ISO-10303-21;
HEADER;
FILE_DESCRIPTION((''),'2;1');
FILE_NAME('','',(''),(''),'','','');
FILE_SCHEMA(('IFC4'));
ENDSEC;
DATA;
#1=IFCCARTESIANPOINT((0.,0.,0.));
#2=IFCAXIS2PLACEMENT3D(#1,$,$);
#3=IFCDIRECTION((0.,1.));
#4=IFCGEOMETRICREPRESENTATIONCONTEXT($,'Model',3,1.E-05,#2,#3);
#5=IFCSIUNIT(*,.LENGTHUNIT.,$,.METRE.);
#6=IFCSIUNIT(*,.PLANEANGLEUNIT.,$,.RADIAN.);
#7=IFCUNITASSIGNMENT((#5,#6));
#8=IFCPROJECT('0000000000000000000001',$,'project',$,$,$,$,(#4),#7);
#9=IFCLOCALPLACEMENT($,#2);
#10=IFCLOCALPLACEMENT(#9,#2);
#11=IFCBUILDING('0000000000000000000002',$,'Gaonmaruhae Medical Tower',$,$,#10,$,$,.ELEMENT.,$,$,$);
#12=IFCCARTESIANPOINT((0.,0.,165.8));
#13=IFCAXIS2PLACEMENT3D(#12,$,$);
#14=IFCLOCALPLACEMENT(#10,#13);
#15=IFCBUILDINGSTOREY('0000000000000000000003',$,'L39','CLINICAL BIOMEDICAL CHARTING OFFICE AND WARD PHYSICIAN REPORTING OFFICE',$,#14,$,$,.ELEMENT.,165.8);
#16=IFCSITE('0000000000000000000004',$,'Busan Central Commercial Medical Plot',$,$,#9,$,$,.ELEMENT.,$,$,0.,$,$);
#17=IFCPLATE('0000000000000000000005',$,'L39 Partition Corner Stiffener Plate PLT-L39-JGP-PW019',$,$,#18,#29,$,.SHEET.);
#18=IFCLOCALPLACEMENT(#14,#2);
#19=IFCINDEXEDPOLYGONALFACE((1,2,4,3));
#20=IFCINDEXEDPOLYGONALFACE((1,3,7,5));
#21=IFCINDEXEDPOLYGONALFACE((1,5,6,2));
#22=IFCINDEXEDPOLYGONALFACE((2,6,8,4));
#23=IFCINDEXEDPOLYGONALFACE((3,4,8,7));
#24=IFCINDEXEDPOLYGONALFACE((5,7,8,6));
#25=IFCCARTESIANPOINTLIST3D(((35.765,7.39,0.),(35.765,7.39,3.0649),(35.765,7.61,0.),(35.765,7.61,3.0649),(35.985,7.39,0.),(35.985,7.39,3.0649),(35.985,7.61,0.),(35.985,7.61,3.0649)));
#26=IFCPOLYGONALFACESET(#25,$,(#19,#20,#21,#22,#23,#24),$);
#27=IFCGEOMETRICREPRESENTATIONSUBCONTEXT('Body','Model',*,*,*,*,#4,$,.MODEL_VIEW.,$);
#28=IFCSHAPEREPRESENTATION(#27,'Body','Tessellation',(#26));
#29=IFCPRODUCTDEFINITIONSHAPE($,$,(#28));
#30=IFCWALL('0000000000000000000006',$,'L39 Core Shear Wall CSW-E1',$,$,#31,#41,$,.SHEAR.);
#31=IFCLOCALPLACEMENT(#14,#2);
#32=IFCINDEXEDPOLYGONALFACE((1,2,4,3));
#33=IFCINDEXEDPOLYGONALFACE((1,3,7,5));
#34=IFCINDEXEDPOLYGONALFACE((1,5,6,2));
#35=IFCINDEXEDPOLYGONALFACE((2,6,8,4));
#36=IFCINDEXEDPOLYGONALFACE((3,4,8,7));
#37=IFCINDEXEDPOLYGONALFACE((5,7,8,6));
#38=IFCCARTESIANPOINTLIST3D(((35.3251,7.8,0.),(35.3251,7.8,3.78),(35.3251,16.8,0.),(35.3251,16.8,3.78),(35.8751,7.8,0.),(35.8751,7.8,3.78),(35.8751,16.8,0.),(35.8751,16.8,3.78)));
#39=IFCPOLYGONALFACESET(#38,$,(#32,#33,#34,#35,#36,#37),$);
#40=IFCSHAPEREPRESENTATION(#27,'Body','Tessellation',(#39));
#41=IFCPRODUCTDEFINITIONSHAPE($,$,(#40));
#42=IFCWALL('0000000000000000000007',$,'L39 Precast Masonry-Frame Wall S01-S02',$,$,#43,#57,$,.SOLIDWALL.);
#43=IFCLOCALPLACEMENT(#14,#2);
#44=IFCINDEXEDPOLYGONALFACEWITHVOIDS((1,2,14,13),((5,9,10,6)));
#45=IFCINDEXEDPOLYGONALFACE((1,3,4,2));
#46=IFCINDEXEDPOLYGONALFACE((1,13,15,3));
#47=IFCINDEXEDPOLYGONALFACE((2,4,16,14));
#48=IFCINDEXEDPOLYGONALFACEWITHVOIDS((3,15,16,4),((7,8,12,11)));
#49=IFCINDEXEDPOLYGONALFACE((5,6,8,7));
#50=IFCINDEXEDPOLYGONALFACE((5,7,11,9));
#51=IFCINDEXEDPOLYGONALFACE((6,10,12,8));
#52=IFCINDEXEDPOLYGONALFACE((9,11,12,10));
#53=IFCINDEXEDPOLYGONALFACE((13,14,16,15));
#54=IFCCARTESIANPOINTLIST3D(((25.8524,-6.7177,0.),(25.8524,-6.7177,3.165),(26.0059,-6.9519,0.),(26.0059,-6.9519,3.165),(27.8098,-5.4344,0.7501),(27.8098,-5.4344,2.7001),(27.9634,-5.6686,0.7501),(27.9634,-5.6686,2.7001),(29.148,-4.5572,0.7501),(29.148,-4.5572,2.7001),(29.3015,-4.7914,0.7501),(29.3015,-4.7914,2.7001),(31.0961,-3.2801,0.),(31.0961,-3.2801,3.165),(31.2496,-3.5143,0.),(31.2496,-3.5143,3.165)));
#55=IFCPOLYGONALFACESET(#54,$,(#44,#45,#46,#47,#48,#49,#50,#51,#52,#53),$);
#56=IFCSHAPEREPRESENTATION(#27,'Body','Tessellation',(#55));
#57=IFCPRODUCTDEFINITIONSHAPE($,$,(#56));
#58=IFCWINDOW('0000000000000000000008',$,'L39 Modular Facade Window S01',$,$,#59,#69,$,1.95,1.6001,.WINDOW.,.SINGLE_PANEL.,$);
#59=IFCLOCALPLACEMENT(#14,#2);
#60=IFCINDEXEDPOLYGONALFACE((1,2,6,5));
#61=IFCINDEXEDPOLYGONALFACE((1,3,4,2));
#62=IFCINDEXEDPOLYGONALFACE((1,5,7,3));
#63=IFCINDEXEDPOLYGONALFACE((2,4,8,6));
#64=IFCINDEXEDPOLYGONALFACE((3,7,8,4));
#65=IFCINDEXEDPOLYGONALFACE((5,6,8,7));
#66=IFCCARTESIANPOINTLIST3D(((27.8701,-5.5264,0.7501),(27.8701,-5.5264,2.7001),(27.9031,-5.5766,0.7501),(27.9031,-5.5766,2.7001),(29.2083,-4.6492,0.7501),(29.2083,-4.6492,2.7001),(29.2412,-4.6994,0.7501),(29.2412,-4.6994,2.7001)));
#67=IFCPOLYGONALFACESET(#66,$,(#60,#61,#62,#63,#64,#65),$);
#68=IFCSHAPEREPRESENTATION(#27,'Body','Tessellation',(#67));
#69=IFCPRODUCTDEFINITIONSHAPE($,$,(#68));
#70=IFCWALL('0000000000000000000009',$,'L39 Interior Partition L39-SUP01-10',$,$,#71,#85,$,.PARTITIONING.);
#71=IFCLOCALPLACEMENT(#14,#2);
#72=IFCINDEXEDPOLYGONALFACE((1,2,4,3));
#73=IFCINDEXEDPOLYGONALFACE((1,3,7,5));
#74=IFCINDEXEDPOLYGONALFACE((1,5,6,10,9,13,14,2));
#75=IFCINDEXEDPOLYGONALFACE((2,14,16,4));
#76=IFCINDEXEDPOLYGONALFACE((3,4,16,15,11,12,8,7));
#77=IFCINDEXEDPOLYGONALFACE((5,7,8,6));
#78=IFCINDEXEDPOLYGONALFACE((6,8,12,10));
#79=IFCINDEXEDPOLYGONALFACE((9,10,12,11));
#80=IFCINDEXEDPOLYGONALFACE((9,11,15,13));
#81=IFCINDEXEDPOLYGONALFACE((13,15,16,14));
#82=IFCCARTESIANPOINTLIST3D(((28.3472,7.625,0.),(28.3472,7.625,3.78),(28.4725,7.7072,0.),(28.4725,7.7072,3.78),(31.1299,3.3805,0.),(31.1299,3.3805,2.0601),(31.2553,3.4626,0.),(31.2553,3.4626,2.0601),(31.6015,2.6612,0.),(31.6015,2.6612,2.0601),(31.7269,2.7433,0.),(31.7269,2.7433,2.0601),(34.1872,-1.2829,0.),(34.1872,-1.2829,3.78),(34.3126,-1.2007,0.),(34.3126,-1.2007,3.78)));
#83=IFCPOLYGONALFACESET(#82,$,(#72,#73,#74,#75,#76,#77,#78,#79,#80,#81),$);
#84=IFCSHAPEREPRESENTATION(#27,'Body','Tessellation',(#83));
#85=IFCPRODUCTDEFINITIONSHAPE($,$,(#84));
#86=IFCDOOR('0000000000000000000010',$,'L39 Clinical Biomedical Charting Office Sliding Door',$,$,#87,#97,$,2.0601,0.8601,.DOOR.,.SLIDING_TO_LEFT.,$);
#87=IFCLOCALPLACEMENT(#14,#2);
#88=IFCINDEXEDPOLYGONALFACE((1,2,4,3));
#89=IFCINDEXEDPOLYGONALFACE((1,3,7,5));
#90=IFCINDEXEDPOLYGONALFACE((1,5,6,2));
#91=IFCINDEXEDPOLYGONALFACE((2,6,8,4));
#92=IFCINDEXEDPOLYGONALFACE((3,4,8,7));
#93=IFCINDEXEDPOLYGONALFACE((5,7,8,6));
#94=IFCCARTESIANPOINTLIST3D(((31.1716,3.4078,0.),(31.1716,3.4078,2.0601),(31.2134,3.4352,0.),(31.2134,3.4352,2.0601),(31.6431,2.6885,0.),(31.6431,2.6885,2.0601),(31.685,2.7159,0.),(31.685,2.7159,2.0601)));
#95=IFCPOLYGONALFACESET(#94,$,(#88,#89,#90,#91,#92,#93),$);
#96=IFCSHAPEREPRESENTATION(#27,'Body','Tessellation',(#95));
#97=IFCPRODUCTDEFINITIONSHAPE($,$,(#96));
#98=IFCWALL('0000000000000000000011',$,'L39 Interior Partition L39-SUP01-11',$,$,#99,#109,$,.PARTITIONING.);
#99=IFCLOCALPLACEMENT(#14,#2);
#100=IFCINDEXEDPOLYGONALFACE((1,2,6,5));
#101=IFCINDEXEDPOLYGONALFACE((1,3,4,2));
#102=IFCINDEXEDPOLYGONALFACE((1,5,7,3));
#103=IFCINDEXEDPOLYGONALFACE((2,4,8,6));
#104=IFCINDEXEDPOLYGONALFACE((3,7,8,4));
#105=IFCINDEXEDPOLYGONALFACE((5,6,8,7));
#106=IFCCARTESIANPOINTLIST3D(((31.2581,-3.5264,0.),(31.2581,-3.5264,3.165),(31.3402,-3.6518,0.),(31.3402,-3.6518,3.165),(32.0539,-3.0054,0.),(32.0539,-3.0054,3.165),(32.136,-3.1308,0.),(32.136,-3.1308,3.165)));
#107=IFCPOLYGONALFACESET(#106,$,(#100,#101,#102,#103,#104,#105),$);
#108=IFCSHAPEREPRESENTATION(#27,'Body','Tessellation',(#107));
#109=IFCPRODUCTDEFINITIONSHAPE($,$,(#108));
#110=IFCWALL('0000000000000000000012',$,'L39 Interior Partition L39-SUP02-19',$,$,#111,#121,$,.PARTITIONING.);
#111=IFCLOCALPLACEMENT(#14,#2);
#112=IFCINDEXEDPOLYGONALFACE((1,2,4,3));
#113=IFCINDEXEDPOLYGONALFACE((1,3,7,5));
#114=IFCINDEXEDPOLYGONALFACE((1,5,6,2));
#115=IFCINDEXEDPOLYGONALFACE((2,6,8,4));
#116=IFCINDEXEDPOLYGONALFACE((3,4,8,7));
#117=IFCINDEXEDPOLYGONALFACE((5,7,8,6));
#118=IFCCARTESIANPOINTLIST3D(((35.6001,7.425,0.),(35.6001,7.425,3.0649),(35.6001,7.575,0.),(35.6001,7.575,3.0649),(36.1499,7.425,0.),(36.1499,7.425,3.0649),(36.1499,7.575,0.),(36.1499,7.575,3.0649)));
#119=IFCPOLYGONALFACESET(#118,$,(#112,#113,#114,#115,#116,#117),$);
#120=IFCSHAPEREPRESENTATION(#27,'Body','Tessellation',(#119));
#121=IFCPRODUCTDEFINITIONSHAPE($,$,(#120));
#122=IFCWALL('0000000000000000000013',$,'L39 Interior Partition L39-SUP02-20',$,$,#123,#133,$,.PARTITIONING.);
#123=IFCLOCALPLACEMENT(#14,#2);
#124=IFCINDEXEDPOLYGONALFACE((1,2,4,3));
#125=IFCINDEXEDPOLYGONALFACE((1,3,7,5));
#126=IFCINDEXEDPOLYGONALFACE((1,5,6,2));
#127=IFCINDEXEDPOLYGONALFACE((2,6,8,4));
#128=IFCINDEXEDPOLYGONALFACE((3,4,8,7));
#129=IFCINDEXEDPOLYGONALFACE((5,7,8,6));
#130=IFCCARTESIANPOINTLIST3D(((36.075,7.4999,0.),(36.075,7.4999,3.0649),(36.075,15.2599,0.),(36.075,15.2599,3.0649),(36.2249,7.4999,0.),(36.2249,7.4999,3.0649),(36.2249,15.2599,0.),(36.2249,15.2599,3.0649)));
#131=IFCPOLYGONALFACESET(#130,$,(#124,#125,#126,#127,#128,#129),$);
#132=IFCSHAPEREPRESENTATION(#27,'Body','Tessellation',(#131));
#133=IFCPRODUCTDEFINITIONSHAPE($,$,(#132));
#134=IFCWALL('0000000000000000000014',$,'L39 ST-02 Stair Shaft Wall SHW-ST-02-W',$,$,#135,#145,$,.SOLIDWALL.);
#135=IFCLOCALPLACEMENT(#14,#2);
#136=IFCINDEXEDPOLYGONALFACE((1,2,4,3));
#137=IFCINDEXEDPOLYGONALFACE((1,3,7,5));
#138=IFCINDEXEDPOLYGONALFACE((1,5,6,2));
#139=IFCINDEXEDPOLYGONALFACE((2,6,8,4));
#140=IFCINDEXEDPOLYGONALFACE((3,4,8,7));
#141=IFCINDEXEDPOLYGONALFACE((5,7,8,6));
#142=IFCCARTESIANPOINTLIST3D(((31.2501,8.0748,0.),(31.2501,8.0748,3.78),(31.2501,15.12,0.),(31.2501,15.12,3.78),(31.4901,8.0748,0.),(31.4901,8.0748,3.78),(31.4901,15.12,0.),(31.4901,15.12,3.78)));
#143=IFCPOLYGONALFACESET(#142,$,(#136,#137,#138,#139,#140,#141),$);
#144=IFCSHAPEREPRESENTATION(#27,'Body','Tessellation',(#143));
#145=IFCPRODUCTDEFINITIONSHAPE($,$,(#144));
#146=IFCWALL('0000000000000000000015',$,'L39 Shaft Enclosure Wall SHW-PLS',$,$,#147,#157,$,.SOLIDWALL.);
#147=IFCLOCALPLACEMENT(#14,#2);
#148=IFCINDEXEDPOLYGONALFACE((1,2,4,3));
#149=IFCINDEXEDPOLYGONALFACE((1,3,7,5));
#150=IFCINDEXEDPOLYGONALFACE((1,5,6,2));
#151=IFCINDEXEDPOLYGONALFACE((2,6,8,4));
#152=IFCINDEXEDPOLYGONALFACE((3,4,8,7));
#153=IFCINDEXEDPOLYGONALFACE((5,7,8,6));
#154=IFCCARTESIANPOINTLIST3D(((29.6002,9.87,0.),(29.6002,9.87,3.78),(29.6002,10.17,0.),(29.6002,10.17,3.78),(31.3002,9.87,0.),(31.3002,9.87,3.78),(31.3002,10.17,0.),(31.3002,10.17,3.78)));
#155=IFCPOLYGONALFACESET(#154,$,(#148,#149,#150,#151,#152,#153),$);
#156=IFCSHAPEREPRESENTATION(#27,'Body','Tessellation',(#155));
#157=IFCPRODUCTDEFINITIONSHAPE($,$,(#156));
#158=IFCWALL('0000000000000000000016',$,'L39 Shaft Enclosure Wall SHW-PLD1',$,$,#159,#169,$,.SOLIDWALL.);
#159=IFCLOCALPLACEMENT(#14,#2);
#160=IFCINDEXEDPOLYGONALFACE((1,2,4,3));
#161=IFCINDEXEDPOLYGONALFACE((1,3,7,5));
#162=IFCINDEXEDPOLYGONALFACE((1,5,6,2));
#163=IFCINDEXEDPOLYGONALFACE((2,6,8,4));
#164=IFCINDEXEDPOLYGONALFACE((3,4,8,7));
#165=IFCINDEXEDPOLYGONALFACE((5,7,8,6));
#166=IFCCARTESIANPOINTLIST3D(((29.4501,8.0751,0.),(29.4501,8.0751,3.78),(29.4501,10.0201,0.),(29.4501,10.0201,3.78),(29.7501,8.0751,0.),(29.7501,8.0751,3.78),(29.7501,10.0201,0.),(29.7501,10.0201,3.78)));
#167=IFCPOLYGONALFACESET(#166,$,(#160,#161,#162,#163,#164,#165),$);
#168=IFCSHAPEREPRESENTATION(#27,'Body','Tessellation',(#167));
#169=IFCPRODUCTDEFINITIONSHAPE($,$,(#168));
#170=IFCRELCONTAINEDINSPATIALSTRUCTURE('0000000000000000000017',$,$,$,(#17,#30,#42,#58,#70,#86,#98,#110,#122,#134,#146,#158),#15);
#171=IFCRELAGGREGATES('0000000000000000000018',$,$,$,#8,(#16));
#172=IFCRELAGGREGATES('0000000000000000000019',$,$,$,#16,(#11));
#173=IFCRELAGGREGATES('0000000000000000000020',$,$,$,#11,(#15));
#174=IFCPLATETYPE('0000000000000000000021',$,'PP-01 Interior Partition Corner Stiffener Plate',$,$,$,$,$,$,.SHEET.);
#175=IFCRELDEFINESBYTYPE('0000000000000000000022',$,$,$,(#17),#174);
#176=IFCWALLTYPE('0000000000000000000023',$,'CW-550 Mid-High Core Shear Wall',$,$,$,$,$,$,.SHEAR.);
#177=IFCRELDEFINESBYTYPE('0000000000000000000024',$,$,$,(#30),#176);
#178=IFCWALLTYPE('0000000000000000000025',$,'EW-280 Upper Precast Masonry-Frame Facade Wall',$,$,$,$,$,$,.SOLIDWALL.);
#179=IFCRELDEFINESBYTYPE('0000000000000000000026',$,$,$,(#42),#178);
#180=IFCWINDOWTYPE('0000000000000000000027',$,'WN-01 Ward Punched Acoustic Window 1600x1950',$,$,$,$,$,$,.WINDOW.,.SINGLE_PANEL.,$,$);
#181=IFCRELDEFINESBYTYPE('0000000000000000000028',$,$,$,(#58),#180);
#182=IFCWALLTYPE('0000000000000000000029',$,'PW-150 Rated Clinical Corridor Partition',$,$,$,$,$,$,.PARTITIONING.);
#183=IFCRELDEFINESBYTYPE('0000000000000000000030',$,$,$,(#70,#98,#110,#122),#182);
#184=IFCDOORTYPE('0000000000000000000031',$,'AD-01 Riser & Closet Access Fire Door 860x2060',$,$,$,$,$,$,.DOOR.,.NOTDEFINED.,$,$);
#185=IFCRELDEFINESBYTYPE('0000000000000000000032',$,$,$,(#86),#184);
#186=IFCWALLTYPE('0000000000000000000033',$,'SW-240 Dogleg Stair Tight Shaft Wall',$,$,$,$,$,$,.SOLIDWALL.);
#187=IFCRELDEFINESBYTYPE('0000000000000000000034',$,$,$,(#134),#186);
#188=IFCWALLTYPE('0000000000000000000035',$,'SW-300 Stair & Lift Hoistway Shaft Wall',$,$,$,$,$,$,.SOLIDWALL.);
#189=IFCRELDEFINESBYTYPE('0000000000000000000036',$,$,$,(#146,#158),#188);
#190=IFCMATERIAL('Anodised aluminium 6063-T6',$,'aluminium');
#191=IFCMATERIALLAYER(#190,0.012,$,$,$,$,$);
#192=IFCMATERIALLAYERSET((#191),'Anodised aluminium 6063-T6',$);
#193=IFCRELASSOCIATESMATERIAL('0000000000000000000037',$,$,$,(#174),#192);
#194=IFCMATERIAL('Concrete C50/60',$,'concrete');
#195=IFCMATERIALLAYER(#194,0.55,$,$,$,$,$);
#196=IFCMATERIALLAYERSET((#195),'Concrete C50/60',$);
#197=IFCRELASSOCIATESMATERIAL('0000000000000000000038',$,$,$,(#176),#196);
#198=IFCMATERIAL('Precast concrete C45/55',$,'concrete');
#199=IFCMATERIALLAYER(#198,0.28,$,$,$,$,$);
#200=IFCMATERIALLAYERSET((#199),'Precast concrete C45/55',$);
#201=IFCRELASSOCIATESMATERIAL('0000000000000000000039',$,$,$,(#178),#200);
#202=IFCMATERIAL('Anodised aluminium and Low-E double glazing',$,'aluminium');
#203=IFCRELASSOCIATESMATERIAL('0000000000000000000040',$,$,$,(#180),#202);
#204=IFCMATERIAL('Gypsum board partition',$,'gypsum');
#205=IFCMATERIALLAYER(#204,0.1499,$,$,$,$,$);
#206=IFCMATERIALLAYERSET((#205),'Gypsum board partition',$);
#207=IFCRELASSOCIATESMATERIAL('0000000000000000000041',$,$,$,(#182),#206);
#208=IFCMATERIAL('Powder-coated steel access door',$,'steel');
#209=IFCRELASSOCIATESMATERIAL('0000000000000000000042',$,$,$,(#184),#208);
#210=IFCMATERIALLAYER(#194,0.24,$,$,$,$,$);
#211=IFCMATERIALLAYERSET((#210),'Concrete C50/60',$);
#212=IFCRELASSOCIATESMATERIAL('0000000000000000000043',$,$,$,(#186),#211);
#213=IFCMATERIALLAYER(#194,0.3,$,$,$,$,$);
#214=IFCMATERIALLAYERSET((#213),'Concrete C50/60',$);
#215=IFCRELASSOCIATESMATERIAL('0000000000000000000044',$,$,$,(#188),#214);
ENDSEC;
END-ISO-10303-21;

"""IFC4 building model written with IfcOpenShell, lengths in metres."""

from ifc_helpers import new_model, si_unit, direction, frame, frame_2d, origin, origin_2d, place, context, subcontext, project, spatial, rectangle, extrude, material, layer, layer_set, type_object, element, fill, save


model = new_model("IFC4")

# Units and contexts
model_context = context("Model", 3, precision=1e-05, world=origin(), true_north=direction((0.0, 1.0)))
body_context = subcontext(model_context, "Body", "Model", "MODEL_VIEW")
ifc_project = project(units=[si_unit("LENGTHUNIT", "METRE"), si_unit("PLANEANGLEUNIT", "RADIAN")], contexts=[model_context])

# Site, building, storey
site_placement = place(None, origin())
site = spatial("IfcSite", under=ifc_project, at=site_placement, Name="Busan Central Commercial Medical Plot", CompositionType="ELEMENT", RefElevation=0.0)
building_placement = place(site_placement, origin())
building = spatial("IfcBuilding", under=site, at=building_placement, Name="Gaonmaruhae Medical Tower", CompositionType="ELEMENT")
storey_placement = place(building_placement, frame((0.0, 0.0, 165.8)))
storey = spatial("IfcBuildingStorey", under=building, at=storey_placement, Name="L39", Description="CLINICAL BIOMEDICAL CHARTING OFFICE AND WARD PHYSICIAN REPORTING OFFICE", CompositionType="ELEMENT", Elevation=165.8)

# Shared definitions
ifc_material_1 = material(Name="Concrete C50/60", Category="concrete")

# Plate
ifc_material_2 = material(Name="Anodised aluminium 6063-T6", Category="aluminium")
ifc_layer_1 = layer(ifc_material_2, 0.012)
ifc_layer_set_1 = layer_set([ifc_layer_1], Name="Anodised aluminium 6063-T6")
plate_type = type_object("IfcPlateType", Name="PP-01 Interior Partition Corner Stiffener Plate", PredefinedType="SHEET", material=ifc_layer_set_1)
plate_1_placement = place(storey_placement, frame((35.875, 7.5, 0.0), z_axis=(0.0, 0.0, 1.0), x_axis=(1.0, 0.0, 0.0)))
element("IfcPlate", 1, at=plate_1_placement, inside=storey, type_object=plate_type, Name="L39 Partition Corner Stiffener Plate PLT-L39-JGP-PW019", PredefinedType="SHEET", context=body_context, shape_type="SweptSolid", body=[
    extrude(rectangle(XDim=0.22, YDim=0.22, at=origin_2d()), origin(), (0.0, 0.0, 1.0), 3.0649),
])

# Wall
ifc_layer_2 = layer(ifc_material_1, 0.55)
ifc_layer_set_2 = layer_set([ifc_layer_2], Name="Concrete C50/60")
wall_type_1 = type_object("IfcWallType", Name="CW-550 Mid-High Core Shear Wall", PredefinedType="SHEAR", material=ifc_layer_set_2)
wall_1_placement = place(storey_placement, frame((35.6001, 7.8, 0.0), z_axis=(0.0, 0.0, 1.0), x_axis=(0.0, 1.0, 0.0)))
element("IfcWall", 2, at=wall_1_placement, inside=storey, type_object=wall_type_1, Name="L39 Core Shear Wall CSW-E1", PredefinedType="SHEAR", context=body_context, shape_type="SweptSolid", body=[
    extrude(rectangle(XDim=9.0, YDim=0.55, at=frame_2d((4.5, 0.0))), origin(), (0.0, 0.0, 1.0), 3.78),
])

# Wall, opening, window
ifc_material_3 = material(Name="Precast concrete C45/55", Category="concrete")
ifc_layer_3 = layer(ifc_material_3, 0.28)
ifc_layer_set_3 = layer_set([ifc_layer_3], Name="Precast concrete C45/55")
wall_type_2 = type_object("IfcWallType", Name="EW-280 Upper Precast Masonry-Frame Facade Wall", PredefinedType="SOLIDWALL", material=ifc_layer_set_3)
wall_2_placement = place(storey_placement, frame((31.1729, -3.3972, 0.0), z_axis=(0.0, 0.0, 1.0), x_axis=(-0.836315, -0.54825, 0.0)))
wall_2 = element("IfcWall", 3, at=wall_2_placement, inside=storey, type_object=wall_type_2, Name="L39 Precast Masonry-Frame Wall S01-S02", PredefinedType="SOLIDWALL", context=body_context, shape_type="SweptSolid", body=[
    extrude(rectangle(XDim=6.27, YDim=0.28, at=frame_2d((3.135, 0.0))), origin(), (0.0, 0.0, 1.0), 3.165),
])
opening_1_placement = place(wall_2_placement, frame((2.3293, 0.0, 0.75)))
opening_1 = element("IfcOpeningElement", 4, at=opening_1_placement, cuts=wall_2, PredefinedType="OPENING", context=body_context, shape_type="SweptSolid", body=[
    extrude(rectangle(XDim=1.6001, YDim=1.95, at=frame_2d((0.8, 0.9751))), frame((0.0, 0.1499, 0.0), z_axis=(0.0, -1.0, 0.0), x_axis=(1.0, 0.0, 0.0)), (0.0, 0.0, 1.0), 0.3),
])
ifc_material_4 = material(Name="Anodised aluminium and Low-E double glazing", Category="aluminium")
window_type = type_object("IfcWindowType", Name="WN-01 Ward Punched Acoustic Window 1600x1950", PartitioningType="SINGLE_PANEL", PredefinedType="WINDOW", material=ifc_material_4)
window_placement = place(opening_1_placement, origin())
window = element("IfcWindow", 5, at=window_placement, inside=storey, type_object=window_type, Name="L39 Modular Facade Window S01", OverallHeight=1.95, OverallWidth=1.6001, PartitioningType="SINGLE_PANEL", PredefinedType="WINDOW", context=body_context, shape_type="SweptSolid", body=[
    extrude(rectangle(XDim=1.6001, YDim=1.95, at=frame_2d((0.8, 0.9751))), frame((0.0, 0.03, 0.0), z_axis=(0.0, -1.0, 0.0), x_axis=(1.0, 0.0, 0.0)), (0.0, 0.0, 1.0), 0.0601),
])
fill(opening_1, window)

# Wall, opening, door
ifc_material_5 = material(Name="Gypsum board partition", Category="gypsum")
ifc_layer_4 = layer(ifc_material_5, 0.1499)
ifc_layer_set_4 = layer_set([ifc_layer_4], Name="Gypsum board partition")
wall_type_3 = type_object("IfcWallType", Name="PW-150 Rated Clinical Corridor Partition", PredefinedType="PARTITIONING", material=ifc_layer_set_4)
wall_3_placement = place(storey_placement, frame((28.4099, 7.666, 0.0), z_axis=(0.0, 0.0, 1.0), x_axis=(0.548278, -0.836296, 0.0)))
wall_3 = element("IfcWall", 6, at=wall_3_placement, inside=storey, type_object=wall_type_3, Name="L39 Interior Partition L39-SUP01-10", PredefinedType="PARTITIONING", context=body_context, shape_type="SweptSolid", body=[
    extrude(rectangle(XDim=10.6516, YDim=0.1499, at=frame_2d((5.3257, 0.0))), origin(), (0.0, 0.0, 1.0), 3.78),
])
opening_2_placement = place(wall_3_placement, frame((5.0752, 0.0, 0.0)))
opening_2 = element("IfcOpeningElement", 7, at=opening_2_placement, cuts=wall_3, PredefinedType="OPENING", context=body_context, shape_type="SweptSolid", body=[
    extrude(rectangle(XDim=0.8601, YDim=2.0601, at=frame_2d((0.4302, 1.03))), frame((0.0, 0.085, 0.0), z_axis=(0.0, -1.0, 0.0), x_axis=(1.0, 0.0, 0.0)), (0.0, 0.0, 1.0), 0.1699),
])
ifc_material_6 = material(Name="Powder-coated steel access door", Category="steel")
door_type = type_object("IfcDoorType", Name="AD-01 Riser & Closet Access Fire Door 860x2060", OperationType="NOTDEFINED", PredefinedType="DOOR", material=ifc_material_6)
door_placement = place(opening_2_placement, origin())
door = element("IfcDoor", 8, at=door_placement, inside=storey, type_object=door_type, Name="L39 Clinical Biomedical Charting Office Sliding Door", OperationType="SLIDING_TO_LEFT", OverallHeight=2.0601, OverallWidth=0.8601, PredefinedType="DOOR", context=body_context, shape_type="SweptSolid", body=[
    extrude(rectangle(XDim=0.8601, YDim=2.0601, at=frame_2d((0.4302, 1.03))), frame((0.0, 0.0249, 0.0), z_axis=(0.0, -1.0, 0.0), x_axis=(1.0, 0.0, 0.0)), (0.0, 0.0, 1.0), 0.05),
])
fill(opening_2, door)

# Walls
wall_4_placement = place(storey_placement, frame((32.095, -3.0681, 0.0), z_axis=(0.0, 0.0, 1.0), x_axis=(-0.83668, -0.547692, 0.0)))
element("IfcWall", 9, at=wall_4_placement, inside=storey, type_object=wall_type_3, Name="L39 Interior Partition L39-SUP01-11", PredefinedType="PARTITIONING", context=body_context, shape_type="SweptSolid", body=[
    extrude(rectangle(XDim=0.9512, YDim=0.1499, at=frame_2d((0.4756, 0.0))), origin(), (0.0, 0.0, 1.0), 3.165),
])
wall_5_placement = place(storey_placement, frame((35.6001, 7.5, 0.0), z_axis=(0.0, 0.0, 1.0), x_axis=(1.0, 0.0, 0.0)))
element("IfcWall", 10, at=wall_5_placement, inside=storey, type_object=wall_type_3, Name="L39 Interior Partition L39-SUP02-19", PredefinedType="PARTITIONING", context=body_context, shape_type="SweptSolid", body=[
    extrude(rectangle(XDim=0.5498, YDim=0.1499, at=frame_2d((0.2749, 0.0))), origin(), (0.0, 0.0, 1.0), 3.0649),
])
wall_6_placement = place(storey_placement, frame((36.1499, 7.5, 0.0), z_axis=(0.0, 0.0, 1.0), x_axis=(0.0, 1.0, 0.0)))
element("IfcWall", 11, at=wall_6_placement, inside=storey, type_object=wall_type_3, Name="L39 Interior Partition L39-SUP02-20", PredefinedType="PARTITIONING", context=body_context, shape_type="SweptSolid", body=[
    extrude(rectangle(XDim=7.76, YDim=0.1499, at=frame_2d((3.8799, 0.0))), origin(), (0.0, 0.0, 1.0), 3.0649),
])
ifc_layer_5 = layer(ifc_material_1, 0.24)
ifc_layer_set_5 = layer_set([ifc_layer_5], Name="Concrete C50/60")
wall_type_4 = type_object("IfcWallType", Name="SW-240 Dogleg Stair Tight Shaft Wall", PredefinedType="SOLIDWALL", material=ifc_layer_set_5)
wall_7_placement = place(storey_placement, frame((31.3701, 8.075, 0.0), z_axis=(0.0, 0.0, 1.0), x_axis=(0.0, 1.0, 0.0)))
element("IfcWall", 12, at=wall_7_placement, inside=storey, type_object=wall_type_4, Name="L39 ST-02 Stair Shaft Wall SHW-ST-02-W", PredefinedType="SOLIDWALL", context=body_context, shape_type="SweptSolid", body=[
    extrude(rectangle(XDim=7.0452, YDim=0.24, at=frame_2d((3.5225, 0.0))), origin(), (0.0, 0.0, 1.0), 3.78),
])
ifc_layer_6 = layer(ifc_material_1, 0.3)
ifc_layer_set_6 = layer_set([ifc_layer_6], Name="Concrete C50/60")
wall_type_5 = type_object("IfcWallType", Name="SW-300 Stair & Lift Hoistway Shaft Wall", PredefinedType="SOLIDWALL", material=ifc_layer_set_6)
wall_8_placement = place(storey_placement, frame((29.6001, 10.02, 0.0), z_axis=(0.0, 0.0, 1.0), x_axis=(1.0, 0.0, 0.0)))
element("IfcWall", 13, at=wall_8_placement, inside=storey, type_object=wall_type_5, Name="L39 Shaft Enclosure Wall SHW-PLS", PredefinedType="SOLIDWALL", context=body_context, shape_type="SweptSolid", body=[
    extrude(rectangle(XDim=1.7, YDim=0.3, at=frame_2d((0.8501, 0.0))), origin(), (0.0, 0.0, 1.0), 3.78),
])
wall_9_placement = place(storey_placement, frame((29.6001, 8.075, 0.0), z_axis=(0.0, 0.0, 1.0), x_axis=(0.0, 1.0, 0.0)))
element("IfcWall", 14, at=wall_9_placement, inside=storey, type_object=wall_type_5, Name="L39 Shaft Enclosure Wall SHW-PLD1", PredefinedType="SOLIDWALL", context=body_context, shape_type="SweptSolid", body=[
    extrude(rectangle(XDim=1.9451, YDim=0.3, at=frame_2d((0.9727, 0.0))), origin(), (0.0, 0.0, 1.0), 3.78),
])

save(model, "model.ifc")
